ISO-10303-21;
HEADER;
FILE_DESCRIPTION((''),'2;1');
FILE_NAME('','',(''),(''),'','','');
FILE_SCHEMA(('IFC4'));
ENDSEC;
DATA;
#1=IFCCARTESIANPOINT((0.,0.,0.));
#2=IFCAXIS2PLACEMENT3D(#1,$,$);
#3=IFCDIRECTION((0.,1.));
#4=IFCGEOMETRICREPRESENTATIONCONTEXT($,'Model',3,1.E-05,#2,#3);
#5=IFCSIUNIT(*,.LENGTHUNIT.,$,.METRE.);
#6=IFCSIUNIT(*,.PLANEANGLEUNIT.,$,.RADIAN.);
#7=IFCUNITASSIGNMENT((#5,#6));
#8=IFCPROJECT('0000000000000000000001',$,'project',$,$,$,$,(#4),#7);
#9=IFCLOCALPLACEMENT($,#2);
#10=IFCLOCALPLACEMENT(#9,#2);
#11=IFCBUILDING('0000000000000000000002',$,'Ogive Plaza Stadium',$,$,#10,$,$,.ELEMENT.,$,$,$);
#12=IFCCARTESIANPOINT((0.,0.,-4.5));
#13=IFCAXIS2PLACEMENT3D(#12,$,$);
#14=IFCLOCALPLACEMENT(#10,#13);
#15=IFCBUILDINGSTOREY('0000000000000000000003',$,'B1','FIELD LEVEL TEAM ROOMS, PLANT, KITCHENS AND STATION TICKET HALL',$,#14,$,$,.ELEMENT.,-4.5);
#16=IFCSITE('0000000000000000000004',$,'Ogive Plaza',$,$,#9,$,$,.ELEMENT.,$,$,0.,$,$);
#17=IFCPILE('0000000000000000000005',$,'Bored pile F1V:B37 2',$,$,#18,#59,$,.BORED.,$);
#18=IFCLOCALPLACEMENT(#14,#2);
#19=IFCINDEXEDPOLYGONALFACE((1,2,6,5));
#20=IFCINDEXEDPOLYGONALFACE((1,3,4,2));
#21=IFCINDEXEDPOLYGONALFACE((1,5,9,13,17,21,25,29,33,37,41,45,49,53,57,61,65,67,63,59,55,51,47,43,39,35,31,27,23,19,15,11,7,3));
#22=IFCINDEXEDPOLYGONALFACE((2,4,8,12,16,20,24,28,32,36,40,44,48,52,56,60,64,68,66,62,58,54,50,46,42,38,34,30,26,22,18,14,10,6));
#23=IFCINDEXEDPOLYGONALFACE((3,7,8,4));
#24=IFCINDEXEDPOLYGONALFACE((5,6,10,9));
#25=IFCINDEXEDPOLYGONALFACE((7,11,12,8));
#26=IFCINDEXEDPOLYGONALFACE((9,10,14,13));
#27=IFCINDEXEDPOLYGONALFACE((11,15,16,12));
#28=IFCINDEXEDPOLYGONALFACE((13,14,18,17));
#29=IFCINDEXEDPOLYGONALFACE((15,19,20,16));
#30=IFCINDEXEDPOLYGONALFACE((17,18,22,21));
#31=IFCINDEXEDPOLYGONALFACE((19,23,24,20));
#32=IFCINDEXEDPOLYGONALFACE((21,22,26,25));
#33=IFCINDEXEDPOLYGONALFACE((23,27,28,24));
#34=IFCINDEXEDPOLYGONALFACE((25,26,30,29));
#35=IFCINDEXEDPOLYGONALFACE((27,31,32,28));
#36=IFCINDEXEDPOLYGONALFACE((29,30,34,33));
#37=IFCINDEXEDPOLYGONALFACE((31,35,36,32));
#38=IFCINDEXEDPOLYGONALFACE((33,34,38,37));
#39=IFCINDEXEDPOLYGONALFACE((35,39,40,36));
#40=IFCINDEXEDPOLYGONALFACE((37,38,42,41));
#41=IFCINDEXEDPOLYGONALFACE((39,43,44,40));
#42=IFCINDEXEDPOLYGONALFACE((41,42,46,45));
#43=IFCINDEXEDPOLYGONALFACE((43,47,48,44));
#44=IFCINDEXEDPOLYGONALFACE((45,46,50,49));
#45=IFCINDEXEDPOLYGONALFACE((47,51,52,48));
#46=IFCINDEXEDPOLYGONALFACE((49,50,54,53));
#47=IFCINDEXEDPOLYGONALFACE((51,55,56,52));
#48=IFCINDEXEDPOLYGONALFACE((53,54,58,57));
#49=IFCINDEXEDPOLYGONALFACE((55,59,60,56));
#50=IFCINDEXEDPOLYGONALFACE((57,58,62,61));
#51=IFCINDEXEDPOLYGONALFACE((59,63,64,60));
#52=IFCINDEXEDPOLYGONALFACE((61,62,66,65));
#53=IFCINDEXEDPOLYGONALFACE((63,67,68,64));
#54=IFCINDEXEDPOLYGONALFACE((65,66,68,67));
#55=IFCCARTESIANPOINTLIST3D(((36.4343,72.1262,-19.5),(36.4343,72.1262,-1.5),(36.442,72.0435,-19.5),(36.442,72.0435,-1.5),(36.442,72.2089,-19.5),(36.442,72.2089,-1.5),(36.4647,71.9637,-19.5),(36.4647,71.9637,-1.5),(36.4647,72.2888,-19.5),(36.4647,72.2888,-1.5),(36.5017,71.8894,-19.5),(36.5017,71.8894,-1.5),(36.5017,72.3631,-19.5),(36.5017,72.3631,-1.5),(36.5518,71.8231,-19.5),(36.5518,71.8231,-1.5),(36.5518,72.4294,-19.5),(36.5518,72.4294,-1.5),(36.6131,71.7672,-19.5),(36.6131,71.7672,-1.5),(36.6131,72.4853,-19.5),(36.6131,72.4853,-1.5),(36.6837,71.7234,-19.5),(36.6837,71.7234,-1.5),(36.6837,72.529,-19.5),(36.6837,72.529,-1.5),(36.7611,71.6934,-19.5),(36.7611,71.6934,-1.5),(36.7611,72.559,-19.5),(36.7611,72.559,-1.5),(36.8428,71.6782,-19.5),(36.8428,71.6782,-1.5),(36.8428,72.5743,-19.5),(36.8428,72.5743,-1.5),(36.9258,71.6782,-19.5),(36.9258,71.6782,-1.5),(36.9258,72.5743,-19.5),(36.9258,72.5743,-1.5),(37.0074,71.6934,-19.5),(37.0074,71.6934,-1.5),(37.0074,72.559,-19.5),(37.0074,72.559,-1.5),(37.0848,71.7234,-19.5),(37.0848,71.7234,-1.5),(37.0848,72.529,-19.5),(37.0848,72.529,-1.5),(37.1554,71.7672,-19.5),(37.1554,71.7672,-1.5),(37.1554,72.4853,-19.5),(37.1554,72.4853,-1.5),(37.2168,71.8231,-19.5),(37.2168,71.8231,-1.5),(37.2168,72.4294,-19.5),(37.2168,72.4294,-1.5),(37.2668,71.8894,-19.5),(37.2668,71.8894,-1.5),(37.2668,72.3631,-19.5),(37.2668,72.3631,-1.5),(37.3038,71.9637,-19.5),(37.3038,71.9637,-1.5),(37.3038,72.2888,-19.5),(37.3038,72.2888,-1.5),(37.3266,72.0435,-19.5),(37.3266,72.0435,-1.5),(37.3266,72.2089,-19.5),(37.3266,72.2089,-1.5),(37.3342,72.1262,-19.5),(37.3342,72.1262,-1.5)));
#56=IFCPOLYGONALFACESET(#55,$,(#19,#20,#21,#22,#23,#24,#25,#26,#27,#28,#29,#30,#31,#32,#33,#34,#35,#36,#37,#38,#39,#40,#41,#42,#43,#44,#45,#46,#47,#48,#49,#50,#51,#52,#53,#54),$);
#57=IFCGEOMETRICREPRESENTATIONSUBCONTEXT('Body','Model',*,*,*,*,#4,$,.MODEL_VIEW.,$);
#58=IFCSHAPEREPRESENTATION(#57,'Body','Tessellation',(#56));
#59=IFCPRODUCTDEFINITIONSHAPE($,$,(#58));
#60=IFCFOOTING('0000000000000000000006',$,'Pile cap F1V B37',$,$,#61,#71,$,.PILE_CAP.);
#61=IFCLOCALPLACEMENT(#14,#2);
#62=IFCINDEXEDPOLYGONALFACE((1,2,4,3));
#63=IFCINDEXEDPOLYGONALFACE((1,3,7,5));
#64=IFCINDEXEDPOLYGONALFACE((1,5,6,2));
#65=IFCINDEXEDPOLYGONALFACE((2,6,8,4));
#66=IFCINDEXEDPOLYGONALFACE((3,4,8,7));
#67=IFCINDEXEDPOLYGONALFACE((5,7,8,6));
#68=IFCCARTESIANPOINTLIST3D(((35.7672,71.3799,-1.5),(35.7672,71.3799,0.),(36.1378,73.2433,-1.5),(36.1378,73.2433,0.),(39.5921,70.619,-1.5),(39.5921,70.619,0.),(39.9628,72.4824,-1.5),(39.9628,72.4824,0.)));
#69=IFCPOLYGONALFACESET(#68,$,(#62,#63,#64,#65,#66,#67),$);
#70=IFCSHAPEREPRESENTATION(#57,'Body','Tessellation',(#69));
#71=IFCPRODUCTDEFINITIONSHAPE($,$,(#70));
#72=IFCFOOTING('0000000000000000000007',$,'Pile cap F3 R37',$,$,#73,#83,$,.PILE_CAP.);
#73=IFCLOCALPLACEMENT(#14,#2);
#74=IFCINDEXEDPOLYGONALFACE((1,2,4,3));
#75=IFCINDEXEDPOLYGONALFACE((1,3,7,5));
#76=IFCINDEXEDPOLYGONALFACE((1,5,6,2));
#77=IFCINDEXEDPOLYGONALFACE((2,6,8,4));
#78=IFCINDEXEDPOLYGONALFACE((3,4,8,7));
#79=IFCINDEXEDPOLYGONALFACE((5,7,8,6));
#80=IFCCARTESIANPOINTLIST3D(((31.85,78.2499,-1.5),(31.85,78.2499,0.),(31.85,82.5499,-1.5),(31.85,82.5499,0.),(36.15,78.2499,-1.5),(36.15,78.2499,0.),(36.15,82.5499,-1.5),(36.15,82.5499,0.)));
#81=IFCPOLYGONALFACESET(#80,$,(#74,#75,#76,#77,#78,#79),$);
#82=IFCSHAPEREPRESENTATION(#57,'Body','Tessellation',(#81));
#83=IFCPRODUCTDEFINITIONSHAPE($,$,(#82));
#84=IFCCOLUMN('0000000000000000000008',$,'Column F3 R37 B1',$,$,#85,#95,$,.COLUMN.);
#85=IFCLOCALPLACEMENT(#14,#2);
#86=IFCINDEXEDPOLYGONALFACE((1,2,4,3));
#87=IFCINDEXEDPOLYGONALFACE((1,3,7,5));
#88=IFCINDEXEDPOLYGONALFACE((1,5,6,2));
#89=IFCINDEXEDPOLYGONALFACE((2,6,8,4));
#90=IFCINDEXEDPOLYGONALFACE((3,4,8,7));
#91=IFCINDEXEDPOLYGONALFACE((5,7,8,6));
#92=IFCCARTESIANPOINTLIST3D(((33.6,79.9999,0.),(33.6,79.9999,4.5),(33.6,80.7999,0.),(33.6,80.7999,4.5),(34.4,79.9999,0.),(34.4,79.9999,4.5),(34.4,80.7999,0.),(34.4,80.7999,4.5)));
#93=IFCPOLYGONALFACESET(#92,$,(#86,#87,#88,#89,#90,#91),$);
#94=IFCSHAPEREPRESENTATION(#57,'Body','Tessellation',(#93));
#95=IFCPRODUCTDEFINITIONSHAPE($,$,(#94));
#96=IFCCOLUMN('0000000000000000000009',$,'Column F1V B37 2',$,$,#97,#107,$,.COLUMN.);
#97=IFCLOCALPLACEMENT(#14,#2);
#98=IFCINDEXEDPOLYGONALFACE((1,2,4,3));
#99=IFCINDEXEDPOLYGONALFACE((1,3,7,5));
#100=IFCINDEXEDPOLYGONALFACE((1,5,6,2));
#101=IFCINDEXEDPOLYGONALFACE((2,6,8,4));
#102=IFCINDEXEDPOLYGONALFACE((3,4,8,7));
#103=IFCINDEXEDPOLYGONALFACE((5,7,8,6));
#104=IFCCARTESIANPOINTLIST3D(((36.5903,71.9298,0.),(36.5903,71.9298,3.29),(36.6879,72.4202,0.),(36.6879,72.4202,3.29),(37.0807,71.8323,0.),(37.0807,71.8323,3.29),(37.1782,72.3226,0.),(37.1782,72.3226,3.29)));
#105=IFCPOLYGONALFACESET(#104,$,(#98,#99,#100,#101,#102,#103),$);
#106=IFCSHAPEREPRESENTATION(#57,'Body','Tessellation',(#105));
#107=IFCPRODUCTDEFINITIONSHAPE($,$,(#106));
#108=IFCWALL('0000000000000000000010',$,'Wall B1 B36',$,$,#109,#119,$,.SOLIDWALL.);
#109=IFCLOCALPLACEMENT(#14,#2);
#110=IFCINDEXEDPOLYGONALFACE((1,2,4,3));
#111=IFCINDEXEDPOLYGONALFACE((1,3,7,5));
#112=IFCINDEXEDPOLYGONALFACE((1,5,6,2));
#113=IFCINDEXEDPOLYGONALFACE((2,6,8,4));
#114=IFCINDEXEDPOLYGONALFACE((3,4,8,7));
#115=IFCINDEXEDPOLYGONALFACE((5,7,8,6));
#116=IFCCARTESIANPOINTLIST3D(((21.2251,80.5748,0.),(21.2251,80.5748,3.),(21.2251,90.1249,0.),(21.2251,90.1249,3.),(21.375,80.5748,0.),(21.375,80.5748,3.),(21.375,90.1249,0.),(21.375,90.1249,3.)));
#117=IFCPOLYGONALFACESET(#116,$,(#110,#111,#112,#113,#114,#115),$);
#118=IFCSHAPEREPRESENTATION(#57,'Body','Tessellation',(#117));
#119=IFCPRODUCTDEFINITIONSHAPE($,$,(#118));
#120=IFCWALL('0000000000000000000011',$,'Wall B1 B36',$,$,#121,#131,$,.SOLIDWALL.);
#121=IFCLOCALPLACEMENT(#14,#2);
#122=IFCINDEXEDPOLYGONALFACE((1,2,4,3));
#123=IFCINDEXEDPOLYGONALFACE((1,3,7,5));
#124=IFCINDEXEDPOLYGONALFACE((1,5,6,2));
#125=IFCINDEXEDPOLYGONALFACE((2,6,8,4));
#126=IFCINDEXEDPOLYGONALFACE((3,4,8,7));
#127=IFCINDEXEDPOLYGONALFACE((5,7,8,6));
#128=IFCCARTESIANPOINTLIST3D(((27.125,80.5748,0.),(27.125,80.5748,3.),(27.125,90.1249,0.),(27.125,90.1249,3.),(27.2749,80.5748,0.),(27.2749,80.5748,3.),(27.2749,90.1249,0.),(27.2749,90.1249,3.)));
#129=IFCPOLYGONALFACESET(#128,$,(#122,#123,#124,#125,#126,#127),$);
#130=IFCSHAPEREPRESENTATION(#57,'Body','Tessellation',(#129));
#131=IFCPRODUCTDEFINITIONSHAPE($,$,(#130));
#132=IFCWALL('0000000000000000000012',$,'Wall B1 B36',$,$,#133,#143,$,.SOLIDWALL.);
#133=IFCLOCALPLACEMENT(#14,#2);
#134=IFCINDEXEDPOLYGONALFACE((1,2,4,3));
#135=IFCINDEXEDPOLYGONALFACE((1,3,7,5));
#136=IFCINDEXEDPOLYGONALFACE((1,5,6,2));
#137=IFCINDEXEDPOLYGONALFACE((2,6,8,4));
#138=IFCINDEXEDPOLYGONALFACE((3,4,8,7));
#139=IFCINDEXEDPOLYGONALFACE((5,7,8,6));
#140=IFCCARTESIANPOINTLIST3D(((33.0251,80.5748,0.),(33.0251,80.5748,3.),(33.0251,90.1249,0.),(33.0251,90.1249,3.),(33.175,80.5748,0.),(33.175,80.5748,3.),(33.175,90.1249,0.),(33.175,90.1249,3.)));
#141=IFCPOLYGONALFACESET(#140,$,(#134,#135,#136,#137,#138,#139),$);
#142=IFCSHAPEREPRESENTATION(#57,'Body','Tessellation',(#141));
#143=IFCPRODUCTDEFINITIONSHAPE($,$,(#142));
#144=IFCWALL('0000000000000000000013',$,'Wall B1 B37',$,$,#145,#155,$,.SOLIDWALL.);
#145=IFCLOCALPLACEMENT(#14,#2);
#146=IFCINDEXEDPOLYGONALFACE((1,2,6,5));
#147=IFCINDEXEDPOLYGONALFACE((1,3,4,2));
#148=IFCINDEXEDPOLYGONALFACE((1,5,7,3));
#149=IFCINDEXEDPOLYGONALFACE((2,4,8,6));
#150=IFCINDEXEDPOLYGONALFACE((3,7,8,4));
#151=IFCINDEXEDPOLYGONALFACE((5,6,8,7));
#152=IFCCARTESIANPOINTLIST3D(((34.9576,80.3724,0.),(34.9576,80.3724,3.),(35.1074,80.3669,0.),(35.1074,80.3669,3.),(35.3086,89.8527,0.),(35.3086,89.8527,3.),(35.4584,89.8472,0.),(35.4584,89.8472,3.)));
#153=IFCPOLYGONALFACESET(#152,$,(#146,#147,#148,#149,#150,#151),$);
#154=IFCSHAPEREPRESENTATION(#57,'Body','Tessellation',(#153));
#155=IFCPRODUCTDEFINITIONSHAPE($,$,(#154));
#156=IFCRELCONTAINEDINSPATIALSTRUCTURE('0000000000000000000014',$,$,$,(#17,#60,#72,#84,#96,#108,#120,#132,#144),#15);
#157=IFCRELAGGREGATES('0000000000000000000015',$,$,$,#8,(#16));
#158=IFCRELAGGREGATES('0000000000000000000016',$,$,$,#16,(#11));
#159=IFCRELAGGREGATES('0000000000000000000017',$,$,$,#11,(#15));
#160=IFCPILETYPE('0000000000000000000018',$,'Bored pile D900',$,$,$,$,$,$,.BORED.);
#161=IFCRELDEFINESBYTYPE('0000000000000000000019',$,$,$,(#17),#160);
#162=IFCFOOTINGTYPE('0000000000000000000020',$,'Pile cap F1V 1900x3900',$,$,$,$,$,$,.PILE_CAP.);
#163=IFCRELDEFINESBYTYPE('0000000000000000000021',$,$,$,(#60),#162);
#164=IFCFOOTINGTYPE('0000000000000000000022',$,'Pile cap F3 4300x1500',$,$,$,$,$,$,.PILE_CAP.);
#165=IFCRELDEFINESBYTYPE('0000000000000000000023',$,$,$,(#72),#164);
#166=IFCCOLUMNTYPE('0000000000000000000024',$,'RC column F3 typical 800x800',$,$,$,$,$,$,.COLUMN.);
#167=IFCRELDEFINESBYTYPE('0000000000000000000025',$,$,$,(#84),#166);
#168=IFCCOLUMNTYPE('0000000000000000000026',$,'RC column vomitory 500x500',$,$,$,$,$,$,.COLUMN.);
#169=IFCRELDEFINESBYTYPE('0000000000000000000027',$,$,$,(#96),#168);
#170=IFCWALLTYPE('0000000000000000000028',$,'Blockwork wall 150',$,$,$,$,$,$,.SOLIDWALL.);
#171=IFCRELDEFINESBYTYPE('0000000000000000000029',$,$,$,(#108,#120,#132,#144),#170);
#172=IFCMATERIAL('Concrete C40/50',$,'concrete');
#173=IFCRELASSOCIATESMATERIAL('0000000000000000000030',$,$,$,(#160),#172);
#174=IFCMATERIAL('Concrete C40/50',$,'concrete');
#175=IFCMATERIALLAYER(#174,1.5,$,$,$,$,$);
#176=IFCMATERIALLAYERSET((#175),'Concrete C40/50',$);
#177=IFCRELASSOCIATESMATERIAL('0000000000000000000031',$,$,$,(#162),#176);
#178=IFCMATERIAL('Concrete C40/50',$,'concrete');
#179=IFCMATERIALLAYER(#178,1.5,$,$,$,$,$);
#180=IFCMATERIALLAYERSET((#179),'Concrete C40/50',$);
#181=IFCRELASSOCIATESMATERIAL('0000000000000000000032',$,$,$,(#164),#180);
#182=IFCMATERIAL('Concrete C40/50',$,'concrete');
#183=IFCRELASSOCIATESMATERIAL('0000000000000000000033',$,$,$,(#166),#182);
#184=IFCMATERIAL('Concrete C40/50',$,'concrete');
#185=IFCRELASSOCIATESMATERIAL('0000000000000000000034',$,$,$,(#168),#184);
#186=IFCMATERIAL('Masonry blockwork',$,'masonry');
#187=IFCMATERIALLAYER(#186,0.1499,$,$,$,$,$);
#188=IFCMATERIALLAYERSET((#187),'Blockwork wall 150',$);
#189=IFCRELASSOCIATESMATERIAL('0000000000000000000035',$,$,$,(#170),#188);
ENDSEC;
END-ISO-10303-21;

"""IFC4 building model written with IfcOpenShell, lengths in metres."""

from ifc_helpers import new_model, si_unit, direction, frame, frame_2d, origin, origin_2d, place, context, subcontext, project, spatial, rectangle, circle, extrude, material, layer, layer_set, material_profile, profile_set, type_object, element, save


model = new_model("IFC4")

# Units and contexts
model_context = context("Model", 3, precision=1e-05, world=origin(), true_north=direction((0.0, 1.0)))
body_context = subcontext(model_context, "Body", "Model", "MODEL_VIEW")
ifc_project = project(units=[si_unit("LENGTHUNIT", "METRE"), si_unit("PLANEANGLEUNIT", "RADIAN")], contexts=[model_context])

# Site, building, storey
site_placement = place(None, origin())
site = spatial("IfcSite", under=ifc_project, at=site_placement, Name="Ogive Plaza", CompositionType="ELEMENT", RefElevation=0.0)
building_placement = place(site_placement, origin())
building = spatial("IfcBuilding", under=site, at=building_placement, Name="Ogive Plaza Stadium", CompositionType="ELEMENT")
storey_placement = place(building_placement, frame((0.0, 0.0, -4.5)))
storey = spatial("IfcBuildingStorey", under=building, at=storey_placement, Name="B1", Description="FIELD LEVEL TEAM ROOMS, PLANT, KITCHENS AND STATION TICKET HALL", CompositionType="ELEMENT", Elevation=-4.5)

# Pile
ifc_material_1 = material(Name="Concrete C40/50", Category="concrete")
ifc_material_profile_1 = material_profile(ifc_material_1, circle(Radius=0.45, at=origin_2d()), Name="RC D900")
ifc_profile_set_1 = profile_set([ifc_material_profile_1], Name="Concrete C40/50")
pile_type_1 = type_object("IfcPileType", Name="Bored pile D900", PredefinedType="BORED", material=ifc_profile_set_1)
for number, where, z_axis, x_axis, name in (
    (1, (36.8843, 72.1262, -1.5), (0.0, 0.0, -1.0), (1.0, 0.0, 0.0), "Bored pile F1V:B37 2"),
):
    element("IfcPile", number, at=place(storey_placement, frame(where, z_axis=z_axis, x_axis=x_axis)), inside=storey, type_object=pile_type_1, Name=name, PredefinedType="BORED", context=body_context, shape_type="SweptSolid", body=[
        extrude(circle(Radius=0.45, at=origin_2d()), origin(), (0.0, 0.0, 1.0), 18.0),
    ])

# Footings
ifc_material_2 = material(Name="Concrete C40/50", Category="concrete")
ifc_layer_1 = layer(ifc_material_2, 1.5)
ifc_layer_set_1 = layer_set([ifc_layer_1], Name="Concrete C40/50")
footing_type_1 = type_object("IfcFootingType", Name="Pile cap F1V 1900x3900", PredefinedType="PILE_CAP", material=ifc_layer_set_1)
footing_1_placement = place(storey_placement, frame((37.865, 71.9312, -1.5), z_axis=(0.0, 0.0, 1.0), x_axis=(0.19509, 0.980785, 0.0)))
element("IfcFooting", 2, at=footing_1_placement, inside=storey, type_object=footing_type_1, Name="Pile cap F1V B37", PredefinedType="PILE_CAP", context=body_context, shape_type="SweptSolid", body=[
    extrude(rectangle(XDim=1.8999, YDim=3.8999, at=origin_2d()), origin(), (0.0, 0.0, 1.0), 1.5),
])
ifc_material_3 = material(Name="Concrete C40/50", Category="concrete")
ifc_layer_2 = layer(ifc_material_3, 1.5)
ifc_layer_set_2 = layer_set([ifc_layer_2], Name="Concrete C40/50")
footing_type_2 = type_object("IfcFootingType", Name="Pile cap F3 4300x1500", PredefinedType="PILE_CAP", material=ifc_layer_set_2)
footing_2_placement = place(storey_placement, frame((34.0, 80.3999, -1.5), z_axis=(0.0, 0.0, 1.0), x_axis=(0.0, 1.0, 0.0)))
element("IfcFooting", 3, at=footing_2_placement, inside=storey, type_object=footing_type_2, Name="Pile cap F3 R37", PredefinedType="PILE_CAP", context=body_context, shape_type="SweptSolid", body=[
    extrude(rectangle(XDim=4.3, YDim=4.3, at=origin_2d()), origin(), (0.0, 0.0, 1.0), 1.5),
])

# Columns
ifc_material_4 = material(Name="Concrete C40/50", Category="concrete")
ifc_material_profile_2 = material_profile(ifc_material_4, rectangle(XDim=0.8, YDim=0.8, at=origin_2d()), Name="RC 800x800")
ifc_profile_set_2 = profile_set([ifc_material_profile_2], Name="Concrete C40/50")
column_type_1 = type_object("IfcColumnType", Name="RC column F3 typical 800x800", PredefinedType="COLUMN", material=ifc_profile_set_2)
column_1_placement = place(storey_placement, frame((34.0, 80.3999, 0.0), z_axis=(0.0, 0.0, 1.0), x_axis=(-1.0, 0.0, 0.0)))
element("IfcColumn", 4, at=column_1_placement, inside=storey, type_object=column_type_1, Name="Column F3 R37 B1", PredefinedType="COLUMN", context=body_context, shape_type="SweptSolid", body=[
    extrude(rectangle(XDim=0.8, YDim=0.8, at=origin_2d()), origin(), (0.0, 0.0, 1.0), 4.5),
])
ifc_material_5 = material(Name="Concrete C40/50", Category="concrete")
ifc_material_profile_3 = material_profile(ifc_material_5, rectangle(XDim=0.5, YDim=0.5, at=origin_2d()), Name="RC 500x500")
ifc_profile_set_3 = profile_set([ifc_material_profile_3], Name="Concrete C40/50")
column_type_2 = type_object("IfcColumnType", Name="RC column vomitory 500x500", PredefinedType="COLUMN", material=ifc_profile_set_3)
column_2_placement = place(storey_placement, frame((36.8843, 72.1262, 0.0), z_axis=(0.0, 0.0, 1.0), x_axis=(-0.980785, 0.19509, 0.0)))
element("IfcColumn", 5, at=column_2_placement, inside=storey, type_object=column_type_2, Name="Column F1V B37 2", PredefinedType="COLUMN", context=body_context, shape_type="SweptSolid", body=[
    extrude(rectangle(XDim=0.5, YDim=0.5, at=origin_2d()), origin(), (0.0, 0.0, 1.0), 3.29),
])

# Walls
ifc_material_6 = material(Name="Masonry blockwork", Category="masonry")
ifc_layer_3 = layer(ifc_material_6, 0.1499)
ifc_layer_set_3 = layer_set([ifc_layer_3], Name="Blockwork wall 150")
wall_type = type_object("IfcWallType", Name="Blockwork wall 150", PredefinedType="SOLIDWALL", material=ifc_layer_set_3)
for number, where, z_axis, x_axis, name in (
    (6, (21.3, 80.575, 0.0), (0.0, 0.0, 1.0), (0.0, 1.0, 0.0), "Wall B1 B36"),
    (7, (27.2, 80.575, 0.0), (0.0, 0.0, 1.0), (0.0, 1.0, 0.0), "Wall B1 B36"),
    (8, (33.1001, 80.575, 0.0), (0.0, 0.0, 1.0), (0.0, 1.0, 0.0), "Wall B1 B36"),
):
    element("IfcWall", number, at=place(storey_placement, frame(where, z_axis=z_axis, x_axis=x_axis)), inside=storey, type_object=wall_type, Name=name, PredefinedType="SOLIDWALL", context=body_context, shape_type="SweptSolid", body=[
        extrude(rectangle(XDim=9.55, YDim=0.1499, at=frame_2d((4.7749, 0.0))), origin(), (0.0, 0.0, 1.0), 3.0),
    ])
wall_placement = place(storey_placement, frame((35.0325, 80.3696, 0.0), z_axis=(0.0, 0.0, 1.0), x_axis=(0.037007, 0.999315, 0.0)))
element("IfcWall", 9, at=wall_placement, inside=storey, type_object=wall_type, Name="Wall B1 B37", PredefinedType="SOLIDWALL", context=body_context, shape_type="SweptSolid", body=[
    extrude(rectangle(XDim=9.4868, YDim=0.1499, at=frame_2d((4.7434, 0.0))), origin(), (0.0, 0.0, 1.0), 3.0),
])

save(model, "model.ifc")
